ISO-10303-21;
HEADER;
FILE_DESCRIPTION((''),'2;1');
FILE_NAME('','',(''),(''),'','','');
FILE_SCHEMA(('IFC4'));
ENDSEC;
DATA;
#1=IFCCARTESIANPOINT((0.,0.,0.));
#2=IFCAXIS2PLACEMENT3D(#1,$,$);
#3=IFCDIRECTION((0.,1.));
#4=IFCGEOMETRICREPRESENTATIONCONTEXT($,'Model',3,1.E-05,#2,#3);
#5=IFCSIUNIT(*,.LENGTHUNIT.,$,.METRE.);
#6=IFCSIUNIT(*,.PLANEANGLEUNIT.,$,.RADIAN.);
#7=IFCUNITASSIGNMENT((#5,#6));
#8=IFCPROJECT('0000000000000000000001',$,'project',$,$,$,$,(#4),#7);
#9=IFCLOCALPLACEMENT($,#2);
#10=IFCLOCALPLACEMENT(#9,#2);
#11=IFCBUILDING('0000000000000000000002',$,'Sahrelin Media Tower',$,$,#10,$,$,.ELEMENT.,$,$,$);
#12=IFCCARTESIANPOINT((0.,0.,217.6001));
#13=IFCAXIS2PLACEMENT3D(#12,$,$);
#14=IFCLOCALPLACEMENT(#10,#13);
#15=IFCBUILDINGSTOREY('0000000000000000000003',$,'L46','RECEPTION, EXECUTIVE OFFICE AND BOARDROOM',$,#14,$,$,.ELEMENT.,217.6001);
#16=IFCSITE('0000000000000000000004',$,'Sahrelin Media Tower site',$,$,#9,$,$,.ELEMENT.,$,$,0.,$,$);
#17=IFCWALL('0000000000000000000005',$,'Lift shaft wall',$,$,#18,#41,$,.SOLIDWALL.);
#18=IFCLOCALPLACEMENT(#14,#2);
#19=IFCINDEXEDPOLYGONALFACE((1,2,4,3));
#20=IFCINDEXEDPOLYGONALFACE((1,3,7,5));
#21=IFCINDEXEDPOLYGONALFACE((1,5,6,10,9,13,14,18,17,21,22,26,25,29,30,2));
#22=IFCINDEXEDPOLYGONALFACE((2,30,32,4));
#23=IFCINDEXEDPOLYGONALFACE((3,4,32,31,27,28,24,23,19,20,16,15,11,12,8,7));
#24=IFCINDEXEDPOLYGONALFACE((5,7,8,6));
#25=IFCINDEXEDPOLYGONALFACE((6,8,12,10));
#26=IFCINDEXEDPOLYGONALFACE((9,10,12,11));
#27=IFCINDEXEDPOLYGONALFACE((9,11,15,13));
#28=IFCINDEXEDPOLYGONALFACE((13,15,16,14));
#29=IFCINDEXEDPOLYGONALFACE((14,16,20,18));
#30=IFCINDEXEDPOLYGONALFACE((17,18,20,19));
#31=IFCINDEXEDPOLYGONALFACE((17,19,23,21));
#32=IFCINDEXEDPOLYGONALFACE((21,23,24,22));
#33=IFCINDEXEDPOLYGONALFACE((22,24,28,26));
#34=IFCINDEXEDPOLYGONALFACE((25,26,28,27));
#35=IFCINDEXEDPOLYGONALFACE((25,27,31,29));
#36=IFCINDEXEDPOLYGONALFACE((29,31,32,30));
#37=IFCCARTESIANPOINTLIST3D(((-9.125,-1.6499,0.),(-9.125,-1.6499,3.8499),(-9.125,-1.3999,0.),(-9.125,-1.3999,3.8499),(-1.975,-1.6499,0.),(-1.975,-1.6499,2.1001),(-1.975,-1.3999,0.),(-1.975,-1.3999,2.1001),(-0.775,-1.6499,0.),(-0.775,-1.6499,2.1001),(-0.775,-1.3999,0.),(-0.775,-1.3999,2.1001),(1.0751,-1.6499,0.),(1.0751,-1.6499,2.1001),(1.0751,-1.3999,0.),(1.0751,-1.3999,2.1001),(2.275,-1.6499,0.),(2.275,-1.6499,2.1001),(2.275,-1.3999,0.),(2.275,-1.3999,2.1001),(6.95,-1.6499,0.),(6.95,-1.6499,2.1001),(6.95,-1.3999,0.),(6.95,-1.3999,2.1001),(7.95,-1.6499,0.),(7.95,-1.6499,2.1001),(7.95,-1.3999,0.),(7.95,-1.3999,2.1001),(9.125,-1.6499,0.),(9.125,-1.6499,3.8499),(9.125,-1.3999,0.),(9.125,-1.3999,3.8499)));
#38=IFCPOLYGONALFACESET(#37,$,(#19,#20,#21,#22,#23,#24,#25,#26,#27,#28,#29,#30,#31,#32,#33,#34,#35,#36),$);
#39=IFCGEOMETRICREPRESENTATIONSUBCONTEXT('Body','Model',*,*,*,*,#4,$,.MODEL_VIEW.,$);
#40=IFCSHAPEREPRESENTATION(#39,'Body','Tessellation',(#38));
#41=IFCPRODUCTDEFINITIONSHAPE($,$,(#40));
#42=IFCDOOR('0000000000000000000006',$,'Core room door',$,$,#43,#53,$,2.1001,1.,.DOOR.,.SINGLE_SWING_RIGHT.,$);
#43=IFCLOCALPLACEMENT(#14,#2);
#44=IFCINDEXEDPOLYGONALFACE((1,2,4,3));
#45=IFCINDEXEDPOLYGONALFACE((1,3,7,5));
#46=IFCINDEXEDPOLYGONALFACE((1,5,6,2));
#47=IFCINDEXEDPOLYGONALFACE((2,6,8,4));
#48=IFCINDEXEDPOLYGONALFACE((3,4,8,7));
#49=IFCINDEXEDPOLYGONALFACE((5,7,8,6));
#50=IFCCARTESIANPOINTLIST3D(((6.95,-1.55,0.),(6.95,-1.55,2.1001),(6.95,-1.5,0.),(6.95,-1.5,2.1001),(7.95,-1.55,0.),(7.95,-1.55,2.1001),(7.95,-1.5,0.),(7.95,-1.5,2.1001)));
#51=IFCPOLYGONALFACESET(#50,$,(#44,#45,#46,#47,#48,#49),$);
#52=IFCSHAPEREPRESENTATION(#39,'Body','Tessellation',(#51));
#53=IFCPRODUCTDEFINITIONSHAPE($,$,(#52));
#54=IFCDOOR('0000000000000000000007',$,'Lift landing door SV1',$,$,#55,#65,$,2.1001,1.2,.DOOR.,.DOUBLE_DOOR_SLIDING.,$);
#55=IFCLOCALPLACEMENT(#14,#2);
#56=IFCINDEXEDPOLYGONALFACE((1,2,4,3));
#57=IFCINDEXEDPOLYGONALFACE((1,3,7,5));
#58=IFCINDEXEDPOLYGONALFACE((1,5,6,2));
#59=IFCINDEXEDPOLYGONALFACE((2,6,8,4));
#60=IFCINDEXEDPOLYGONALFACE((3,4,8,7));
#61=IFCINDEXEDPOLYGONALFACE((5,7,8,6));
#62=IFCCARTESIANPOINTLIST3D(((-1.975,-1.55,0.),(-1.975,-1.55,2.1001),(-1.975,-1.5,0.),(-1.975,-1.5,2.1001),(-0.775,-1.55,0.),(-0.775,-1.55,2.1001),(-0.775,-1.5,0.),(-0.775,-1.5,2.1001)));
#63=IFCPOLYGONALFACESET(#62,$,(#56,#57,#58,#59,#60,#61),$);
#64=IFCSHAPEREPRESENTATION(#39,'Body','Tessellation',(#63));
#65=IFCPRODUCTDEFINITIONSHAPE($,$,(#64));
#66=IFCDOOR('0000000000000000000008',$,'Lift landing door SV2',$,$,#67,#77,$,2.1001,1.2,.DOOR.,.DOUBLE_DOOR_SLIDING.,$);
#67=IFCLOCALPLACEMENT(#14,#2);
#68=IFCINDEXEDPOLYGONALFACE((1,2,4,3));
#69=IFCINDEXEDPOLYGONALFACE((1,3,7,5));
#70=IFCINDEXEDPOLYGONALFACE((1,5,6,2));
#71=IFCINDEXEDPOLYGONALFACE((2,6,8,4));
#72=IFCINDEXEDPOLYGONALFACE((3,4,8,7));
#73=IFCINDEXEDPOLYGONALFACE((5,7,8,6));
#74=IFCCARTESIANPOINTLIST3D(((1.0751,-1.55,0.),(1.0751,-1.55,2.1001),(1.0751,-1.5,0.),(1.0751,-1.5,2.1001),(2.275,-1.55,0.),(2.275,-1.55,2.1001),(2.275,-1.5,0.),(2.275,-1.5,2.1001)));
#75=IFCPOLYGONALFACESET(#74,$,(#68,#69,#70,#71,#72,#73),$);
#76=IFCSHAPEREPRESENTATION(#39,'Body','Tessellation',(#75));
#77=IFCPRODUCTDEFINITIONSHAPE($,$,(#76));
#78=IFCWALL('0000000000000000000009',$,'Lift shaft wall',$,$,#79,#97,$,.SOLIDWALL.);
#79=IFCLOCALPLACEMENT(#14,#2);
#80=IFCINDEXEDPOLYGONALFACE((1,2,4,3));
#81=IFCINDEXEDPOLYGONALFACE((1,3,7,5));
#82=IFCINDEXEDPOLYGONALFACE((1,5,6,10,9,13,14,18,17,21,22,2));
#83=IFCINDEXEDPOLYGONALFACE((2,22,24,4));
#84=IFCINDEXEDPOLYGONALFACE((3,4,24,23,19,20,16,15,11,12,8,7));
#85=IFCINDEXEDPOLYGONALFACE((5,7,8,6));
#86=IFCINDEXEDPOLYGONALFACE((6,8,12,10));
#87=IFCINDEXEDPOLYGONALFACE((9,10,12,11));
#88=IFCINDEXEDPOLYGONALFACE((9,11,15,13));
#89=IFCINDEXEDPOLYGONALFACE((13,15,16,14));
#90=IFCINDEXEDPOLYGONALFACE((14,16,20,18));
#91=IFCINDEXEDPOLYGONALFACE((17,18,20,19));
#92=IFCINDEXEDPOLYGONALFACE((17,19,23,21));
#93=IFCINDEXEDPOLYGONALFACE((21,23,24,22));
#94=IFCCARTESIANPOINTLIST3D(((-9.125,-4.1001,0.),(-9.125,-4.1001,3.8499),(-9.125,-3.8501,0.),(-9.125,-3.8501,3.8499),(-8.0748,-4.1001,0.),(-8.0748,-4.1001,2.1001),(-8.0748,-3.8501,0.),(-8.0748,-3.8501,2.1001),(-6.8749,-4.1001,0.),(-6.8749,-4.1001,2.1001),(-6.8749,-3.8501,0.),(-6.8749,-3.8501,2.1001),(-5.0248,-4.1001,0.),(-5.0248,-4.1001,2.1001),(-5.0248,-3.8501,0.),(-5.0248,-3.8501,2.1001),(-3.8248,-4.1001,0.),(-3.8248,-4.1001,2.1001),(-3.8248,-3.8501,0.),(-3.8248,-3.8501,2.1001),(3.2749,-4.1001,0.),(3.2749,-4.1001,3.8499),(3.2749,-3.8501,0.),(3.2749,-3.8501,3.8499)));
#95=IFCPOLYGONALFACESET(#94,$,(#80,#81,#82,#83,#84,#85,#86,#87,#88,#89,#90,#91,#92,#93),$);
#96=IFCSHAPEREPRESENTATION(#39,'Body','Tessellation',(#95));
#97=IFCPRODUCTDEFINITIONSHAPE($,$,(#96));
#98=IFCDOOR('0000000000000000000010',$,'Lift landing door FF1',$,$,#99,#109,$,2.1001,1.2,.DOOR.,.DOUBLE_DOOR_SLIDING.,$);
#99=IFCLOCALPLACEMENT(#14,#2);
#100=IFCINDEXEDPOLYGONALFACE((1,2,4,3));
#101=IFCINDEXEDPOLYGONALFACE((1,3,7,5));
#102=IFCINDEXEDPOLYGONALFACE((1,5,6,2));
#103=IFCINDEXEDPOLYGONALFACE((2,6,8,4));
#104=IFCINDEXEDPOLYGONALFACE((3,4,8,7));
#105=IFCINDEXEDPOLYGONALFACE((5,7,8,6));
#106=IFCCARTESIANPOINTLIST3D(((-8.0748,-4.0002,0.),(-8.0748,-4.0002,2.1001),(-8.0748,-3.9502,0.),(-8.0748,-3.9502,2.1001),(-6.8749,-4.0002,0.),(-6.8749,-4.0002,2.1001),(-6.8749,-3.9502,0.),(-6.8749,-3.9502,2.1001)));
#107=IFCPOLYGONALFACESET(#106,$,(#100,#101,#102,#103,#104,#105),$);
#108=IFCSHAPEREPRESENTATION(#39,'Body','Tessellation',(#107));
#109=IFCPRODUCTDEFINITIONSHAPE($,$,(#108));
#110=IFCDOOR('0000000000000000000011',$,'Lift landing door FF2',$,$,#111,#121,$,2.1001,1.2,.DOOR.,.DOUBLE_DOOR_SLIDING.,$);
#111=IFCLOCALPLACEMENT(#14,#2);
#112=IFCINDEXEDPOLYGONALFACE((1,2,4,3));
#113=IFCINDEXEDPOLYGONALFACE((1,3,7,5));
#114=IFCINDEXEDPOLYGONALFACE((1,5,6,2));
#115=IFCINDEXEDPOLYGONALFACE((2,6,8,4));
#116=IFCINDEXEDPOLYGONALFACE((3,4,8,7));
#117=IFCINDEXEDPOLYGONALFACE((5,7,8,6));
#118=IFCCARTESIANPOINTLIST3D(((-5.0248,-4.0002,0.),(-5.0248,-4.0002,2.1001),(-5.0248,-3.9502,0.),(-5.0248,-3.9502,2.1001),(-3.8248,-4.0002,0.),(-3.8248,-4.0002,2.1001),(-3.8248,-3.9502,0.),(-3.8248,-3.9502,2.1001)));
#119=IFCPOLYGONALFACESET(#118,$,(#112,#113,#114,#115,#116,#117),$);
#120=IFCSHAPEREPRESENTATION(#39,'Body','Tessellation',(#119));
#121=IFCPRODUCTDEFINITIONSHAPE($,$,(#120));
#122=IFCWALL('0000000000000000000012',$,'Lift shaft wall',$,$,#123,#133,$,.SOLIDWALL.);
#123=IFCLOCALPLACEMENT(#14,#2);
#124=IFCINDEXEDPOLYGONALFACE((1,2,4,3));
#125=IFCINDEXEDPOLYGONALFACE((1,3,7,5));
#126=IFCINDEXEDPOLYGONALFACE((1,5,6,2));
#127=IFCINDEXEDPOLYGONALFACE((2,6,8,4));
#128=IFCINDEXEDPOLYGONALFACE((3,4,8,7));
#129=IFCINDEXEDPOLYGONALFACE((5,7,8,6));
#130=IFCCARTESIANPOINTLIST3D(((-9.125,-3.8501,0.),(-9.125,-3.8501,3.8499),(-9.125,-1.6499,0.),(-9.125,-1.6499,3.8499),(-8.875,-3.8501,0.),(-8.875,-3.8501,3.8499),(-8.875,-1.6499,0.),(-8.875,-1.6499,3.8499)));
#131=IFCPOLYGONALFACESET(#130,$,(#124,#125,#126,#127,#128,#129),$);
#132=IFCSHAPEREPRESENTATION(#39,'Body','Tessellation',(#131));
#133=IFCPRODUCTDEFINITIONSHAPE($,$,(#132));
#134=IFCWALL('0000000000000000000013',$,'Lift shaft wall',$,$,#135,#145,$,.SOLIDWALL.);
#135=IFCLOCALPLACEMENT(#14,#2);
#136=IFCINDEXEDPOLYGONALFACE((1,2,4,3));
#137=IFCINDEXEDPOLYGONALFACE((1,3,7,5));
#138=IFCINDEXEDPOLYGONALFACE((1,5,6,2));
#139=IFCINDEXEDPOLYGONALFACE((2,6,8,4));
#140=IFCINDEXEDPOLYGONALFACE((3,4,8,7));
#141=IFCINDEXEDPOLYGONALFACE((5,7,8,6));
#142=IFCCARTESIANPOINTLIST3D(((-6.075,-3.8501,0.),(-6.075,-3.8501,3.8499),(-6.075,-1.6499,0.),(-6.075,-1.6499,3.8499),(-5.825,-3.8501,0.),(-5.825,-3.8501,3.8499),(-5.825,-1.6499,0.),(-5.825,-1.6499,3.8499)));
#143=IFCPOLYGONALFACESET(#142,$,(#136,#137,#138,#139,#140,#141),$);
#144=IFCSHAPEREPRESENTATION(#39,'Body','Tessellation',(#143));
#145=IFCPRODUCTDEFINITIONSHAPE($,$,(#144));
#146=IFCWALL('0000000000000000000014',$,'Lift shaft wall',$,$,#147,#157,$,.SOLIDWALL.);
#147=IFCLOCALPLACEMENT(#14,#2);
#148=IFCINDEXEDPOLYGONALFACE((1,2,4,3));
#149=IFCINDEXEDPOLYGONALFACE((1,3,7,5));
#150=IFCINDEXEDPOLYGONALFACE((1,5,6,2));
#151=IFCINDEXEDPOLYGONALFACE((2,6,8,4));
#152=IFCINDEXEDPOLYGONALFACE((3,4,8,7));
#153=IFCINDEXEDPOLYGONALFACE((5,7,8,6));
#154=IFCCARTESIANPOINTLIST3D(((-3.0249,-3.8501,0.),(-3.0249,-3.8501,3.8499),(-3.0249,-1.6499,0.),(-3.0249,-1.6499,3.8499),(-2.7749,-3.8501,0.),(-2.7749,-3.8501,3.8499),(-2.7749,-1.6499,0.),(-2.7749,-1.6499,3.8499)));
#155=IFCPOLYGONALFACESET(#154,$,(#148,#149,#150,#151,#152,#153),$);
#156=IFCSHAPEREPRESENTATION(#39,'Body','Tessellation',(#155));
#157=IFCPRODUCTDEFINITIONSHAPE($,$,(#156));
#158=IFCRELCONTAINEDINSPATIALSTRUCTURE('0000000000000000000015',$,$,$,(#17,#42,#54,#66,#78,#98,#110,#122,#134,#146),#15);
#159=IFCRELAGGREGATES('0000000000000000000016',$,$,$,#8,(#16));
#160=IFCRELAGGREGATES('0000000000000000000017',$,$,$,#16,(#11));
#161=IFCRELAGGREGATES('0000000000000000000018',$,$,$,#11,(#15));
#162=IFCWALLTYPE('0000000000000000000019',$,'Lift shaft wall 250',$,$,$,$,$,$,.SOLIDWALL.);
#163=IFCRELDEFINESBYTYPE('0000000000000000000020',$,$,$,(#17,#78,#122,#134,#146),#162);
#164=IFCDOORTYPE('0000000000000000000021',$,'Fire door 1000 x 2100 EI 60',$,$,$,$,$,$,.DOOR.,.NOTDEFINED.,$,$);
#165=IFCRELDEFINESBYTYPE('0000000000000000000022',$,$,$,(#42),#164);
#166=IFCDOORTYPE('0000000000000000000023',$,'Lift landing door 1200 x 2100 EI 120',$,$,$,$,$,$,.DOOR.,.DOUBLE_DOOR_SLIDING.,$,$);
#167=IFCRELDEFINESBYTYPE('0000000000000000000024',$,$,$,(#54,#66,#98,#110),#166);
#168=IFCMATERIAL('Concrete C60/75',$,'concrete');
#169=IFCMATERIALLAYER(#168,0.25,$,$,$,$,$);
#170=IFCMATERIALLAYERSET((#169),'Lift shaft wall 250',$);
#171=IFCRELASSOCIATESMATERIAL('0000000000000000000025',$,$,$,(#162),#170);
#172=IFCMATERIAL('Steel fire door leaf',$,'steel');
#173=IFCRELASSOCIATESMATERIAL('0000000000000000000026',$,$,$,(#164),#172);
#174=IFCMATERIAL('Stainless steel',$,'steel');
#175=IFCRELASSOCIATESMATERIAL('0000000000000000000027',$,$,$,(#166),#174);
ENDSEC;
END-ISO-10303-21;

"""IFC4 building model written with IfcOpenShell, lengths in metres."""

from ifc_helpers import new_model, si_unit, direction, frame, frame_2d, origin, place, context, subcontext, project, spatial, rectangle, extrude, material, layer, layer_set, type_object, element, fill, save


model = new_model("IFC4")

# Units and contexts
model_context = context("Model", 3, precision=1e-05, world=origin(), true_north=direction((0.0, 1.0)))
body_context = subcontext(model_context, "Body", "Model", "MODEL_VIEW")
ifc_project = project(units=[si_unit("LENGTHUNIT", "METRE"), si_unit("PLANEANGLEUNIT", "RADIAN")], contexts=[model_context])

# Site, building, storey
site_placement = place(None, origin())
site = spatial("IfcSite", under=ifc_project, at=site_placement, Name="Sahrelin Media Tower site", CompositionType="ELEMENT", RefElevation=0.0)
building_placement = place(site_placement, origin())
building = spatial("IfcBuilding", under=site, at=building_placement, Name="Sahrelin Media Tower", CompositionType="ELEMENT")
storey_placement = place(building_placement, frame((0.0, 0.0, 217.6001)))
storey = spatial("IfcBuildingStorey", under=building, at=storey_placement, Name="L46", Description="RECEPTION, EXECUTIVE OFFICE AND BOARDROOM", CompositionType="ELEMENT", Elevation=217.6001)

# Shared definitions
ifc_material_1 = material(Name="Steel fire door leaf", Category="steel")

# Walls, openings, doors
ifc_material_2 = material(Name="Concrete C60/75", Category="concrete")
ifc_layer_1 = layer(ifc_material_2, 0.25)
ifc_layer_set_1 = layer_set([ifc_layer_1], Name="Lift shaft wall 250")
wall_type_1 = type_object("IfcWallType", Name="Lift shaft wall 250", PredefinedType="SOLIDWALL", material=ifc_layer_set_1)
wall_1_placement = place(storey_placement, frame((-9.125, -1.5249, 0.0), z_axis=(0.0, 0.0, 1.0), x_axis=(1.0, 0.0, 0.0)))
wall_1 = element("IfcWall", 1, at=wall_1_placement, inside=storey, type_object=wall_type_1, Name="Lift shaft wall", PredefinedType="SOLIDWALL", context=body_context, shape_type="SweptSolid", body=[
    extrude(rectangle(XDim=18.25, YDim=0.25, at=frame_2d((9.125, 0.0))), origin(), (0.0, 0.0, 1.0), 3.8499),
])
opening_1_placement = place(wall_1_placement, frame((7.1499, 0.0, 0.0)))
opening_1 = element("IfcOpeningElement", 2, at=opening_1_placement, cuts=wall_1, PredefinedType="OPENING", context=body_context, shape_type="SweptSolid", body=[
    extrude(rectangle(XDim=1.2, YDim=2.1001, at=frame_2d((0.6001, 1.05))), frame((0.0, 0.125, 0.0), z_axis=(0.0, -1.0, 0.0), x_axis=(1.0, 0.0, 0.0)), (0.0, 0.0, 1.0), 0.25),
])
opening_2_placement = place(wall_1_placement, frame((10.2, 0.0, 0.0)))
opening_2 = element("IfcOpeningElement", 3, at=opening_2_placement, cuts=wall_1, PredefinedType="OPENING", context=body_context, shape_type="SweptSolid", body=[
    extrude(rectangle(XDim=1.2, YDim=2.1001, at=frame_2d((0.6001, 1.05))), frame((0.0, 0.125, 0.0), z_axis=(0.0, -1.0, 0.0), x_axis=(1.0, 0.0, 0.0)), (0.0, 0.0, 1.0), 0.25),
])
opening_3_placement = place(wall_1_placement, frame((16.075, 0.0, 0.0)))
opening_3 = element("IfcOpeningElement", 4, at=opening_3_placement, cuts=wall_1, PredefinedType="OPENING", context=body_context, shape_type="SweptSolid", body=[
    extrude(rectangle(XDim=1.0, YDim=2.1001, at=frame_2d((0.5, 1.05))), frame((0.0, 0.125, 0.0), z_axis=(0.0, -1.0, 0.0), x_axis=(1.0, 0.0, 0.0)), (0.0, 0.0, 1.0), 0.25),
])
door_type_1 = type_object("IfcDoorType", Name="Fire door 1000 x 2100 EI 60", OperationType="NOTDEFINED", PredefinedType="DOOR", material=ifc_material_1)
door_1_placement = place(opening_3_placement, origin())
door_1 = element("IfcDoor", 5, at=door_1_placement, inside=storey, type_object=door_type_1, Name="Core room door", OperationType="SINGLE_SWING_RIGHT", OverallHeight=2.1001, OverallWidth=1.0, PredefinedType="DOOR", context=body_context, shape_type="SweptSolid", body=[
    extrude(rectangle(XDim=1.0, YDim=2.1001, at=frame_2d((0.5, 1.05))), frame((0.0, 0.0249, 0.0), z_axis=(0.0, -1.0, 0.0), x_axis=(1.0, 0.0, 0.0)), (0.0, 0.0, 1.0), 0.05),
])
fill(opening_3, door_1)
ifc_material_3 = material(Name="Stainless steel", Category="steel")
door_type_2 = type_object("IfcDoorType", Name="Lift landing door 1200 x 2100 EI 120", OperationType="DOUBLE_DOOR_SLIDING", PredefinedType="DOOR", material=ifc_material_3)
door_2_placement = place(opening_1_placement, origin())
door_2 = element("IfcDoor", 6, at=door_2_placement, inside=storey, type_object=door_type_2, Name="Lift landing door SV1", OperationType="DOUBLE_DOOR_SLIDING", OverallHeight=2.1001, OverallWidth=1.2, PredefinedType="DOOR", context=body_context, shape_type="SweptSolid", body=[
    extrude(rectangle(XDim=1.2, YDim=2.1001, at=frame_2d((0.6001, 1.05))), frame((0.0, 0.0249, 0.0), z_axis=(0.0, -1.0, 0.0), x_axis=(1.0, 0.0, 0.0)), (0.0, 0.0, 1.0), 0.05),
])
fill(opening_1, door_2)
door_3_placement = place(opening_2_placement, origin())
door_3 = element("IfcDoor", 7, at=door_3_placement, inside=storey, type_object=door_type_2, Name="Lift landing door SV2", OperationType="DOUBLE_DOOR_SLIDING", OverallHeight=2.1001, OverallWidth=1.2, PredefinedType="DOOR", context=body_context, shape_type="SweptSolid", body=[
    extrude(rectangle(XDim=1.2, YDim=2.1001, at=frame_2d((0.6001, 1.05))), frame((0.0, 0.0249, 0.0), z_axis=(0.0, -1.0, 0.0), x_axis=(1.0, 0.0, 0.0)), (0.0, 0.0, 1.0), 0.05),
])
fill(opening_2, door_3)
wall_2_placement = place(storey_placement, frame((-9.125, -3.9751, 0.0), z_axis=(0.0, 0.0, 1.0), x_axis=(1.0, 0.0, 0.0)))
wall_2 = element("IfcWall", 8, at=wall_2_placement, inside=storey, type_object=wall_type_1, Name="Lift shaft wall", PredefinedType="SOLIDWALL", context=body_context, shape_type="SweptSolid", body=[
    extrude(rectangle(XDim=12.3999, YDim=0.25, at=frame_2d((6.2, 0.0))), origin(), (0.0, 0.0, 1.0), 3.8499),
])
opening_4_placement = place(wall_2_placement, frame((1.05, 0.0, 0.0)))
opening_4 = element("IfcOpeningElement", 9, at=opening_4_placement, cuts=wall_2, PredefinedType="OPENING", context=body_context, shape_type="SweptSolid", body=[
    extrude(rectangle(XDim=1.2, YDim=2.1001, at=frame_2d((0.6001, 1.05))), frame((0.0, 0.125, 0.0), z_axis=(0.0, -1.0, 0.0), x_axis=(1.0, 0.0, 0.0)), (0.0, 0.0, 1.0), 0.25),
])
opening_5_placement = place(wall_2_placement, frame((4.1001, 0.0, 0.0)))
opening_5 = element("IfcOpeningElement", 10, at=opening_5_placement, cuts=wall_2, PredefinedType="OPENING", context=body_context, shape_type="SweptSolid", body=[
    extrude(rectangle(XDim=1.2, YDim=2.1001, at=frame_2d((0.6001, 1.05))), frame((0.0, 0.125, 0.0), z_axis=(0.0, -1.0, 0.0), x_axis=(1.0, 0.0, 0.0)), (0.0, 0.0, 1.0), 0.25),
])
door_4_placement = place(opening_4_placement, origin())
door_4 = element("IfcDoor", 11, at=door_4_placement, inside=storey, type_object=door_type_2, Name="Lift landing door FF1", OperationType="DOUBLE_DOOR_SLIDING", OverallHeight=2.1001, OverallWidth=1.2, PredefinedType="DOOR", context=body_context, shape_type="SweptSolid", body=[
    extrude(rectangle(XDim=1.2, YDim=2.1001, at=frame_2d((0.6001, 1.05))), frame((0.0, 0.0249, 0.0), z_axis=(0.0, -1.0, 0.0), x_axis=(1.0, 0.0, 0.0)), (0.0, 0.0, 1.0), 0.05),
])
fill(opening_4, door_4)
door_5_placement = place(opening_5_placement, origin())
door_5 = element("IfcDoor", 12, at=door_5_placement, inside=storey, type_object=door_type_2, Name="Lift landing door FF2", OperationType="DOUBLE_DOOR_SLIDING", OverallHeight=2.1001, OverallWidth=1.2, PredefinedType="DOOR", context=body_context, shape_type="SweptSolid", body=[
    extrude(rectangle(XDim=1.2, YDim=2.1001, at=frame_2d((0.6001, 1.05))), frame((0.0, 0.0249, 0.0), z_axis=(0.0, -1.0, 0.0), x_axis=(1.0, 0.0, 0.0)), (0.0, 0.0, 1.0), 0.05),
])
fill(opening_5, door_5)

# Walls
for number, where, z_axis, x_axis, name in (
    (13, (-9.0, -3.8501, 0.0), (0.0, 0.0, 1.0), (0.0, 1.0, 0.0), "Lift shaft wall"),
    (14, (-5.95, -3.8501, 0.0), (0.0, 0.0, 1.0), (0.0, 1.0, 0.0), "Lift shaft wall"),
    (15, (-2.8999, -3.8501, 0.0), (0.0, 0.0, 1.0), (0.0, 1.0, 0.0), "Lift shaft wall"),
):
    element("IfcWall", number, at=place(storey_placement, frame(where, z_axis=z_axis, x_axis=x_axis)), inside=storey, type_object=wall_type_1, Name=name, PredefinedType="SOLIDWALL", context=body_context, shape_type="SweptSolid", body=[
        extrude(rectangle(XDim=2.2002, YDim=0.25, at=frame_2d((1.1001, 0.0))), origin(), (0.0, 0.0, 1.0), 3.8499),
    ])

save(model, "model.ifc")
